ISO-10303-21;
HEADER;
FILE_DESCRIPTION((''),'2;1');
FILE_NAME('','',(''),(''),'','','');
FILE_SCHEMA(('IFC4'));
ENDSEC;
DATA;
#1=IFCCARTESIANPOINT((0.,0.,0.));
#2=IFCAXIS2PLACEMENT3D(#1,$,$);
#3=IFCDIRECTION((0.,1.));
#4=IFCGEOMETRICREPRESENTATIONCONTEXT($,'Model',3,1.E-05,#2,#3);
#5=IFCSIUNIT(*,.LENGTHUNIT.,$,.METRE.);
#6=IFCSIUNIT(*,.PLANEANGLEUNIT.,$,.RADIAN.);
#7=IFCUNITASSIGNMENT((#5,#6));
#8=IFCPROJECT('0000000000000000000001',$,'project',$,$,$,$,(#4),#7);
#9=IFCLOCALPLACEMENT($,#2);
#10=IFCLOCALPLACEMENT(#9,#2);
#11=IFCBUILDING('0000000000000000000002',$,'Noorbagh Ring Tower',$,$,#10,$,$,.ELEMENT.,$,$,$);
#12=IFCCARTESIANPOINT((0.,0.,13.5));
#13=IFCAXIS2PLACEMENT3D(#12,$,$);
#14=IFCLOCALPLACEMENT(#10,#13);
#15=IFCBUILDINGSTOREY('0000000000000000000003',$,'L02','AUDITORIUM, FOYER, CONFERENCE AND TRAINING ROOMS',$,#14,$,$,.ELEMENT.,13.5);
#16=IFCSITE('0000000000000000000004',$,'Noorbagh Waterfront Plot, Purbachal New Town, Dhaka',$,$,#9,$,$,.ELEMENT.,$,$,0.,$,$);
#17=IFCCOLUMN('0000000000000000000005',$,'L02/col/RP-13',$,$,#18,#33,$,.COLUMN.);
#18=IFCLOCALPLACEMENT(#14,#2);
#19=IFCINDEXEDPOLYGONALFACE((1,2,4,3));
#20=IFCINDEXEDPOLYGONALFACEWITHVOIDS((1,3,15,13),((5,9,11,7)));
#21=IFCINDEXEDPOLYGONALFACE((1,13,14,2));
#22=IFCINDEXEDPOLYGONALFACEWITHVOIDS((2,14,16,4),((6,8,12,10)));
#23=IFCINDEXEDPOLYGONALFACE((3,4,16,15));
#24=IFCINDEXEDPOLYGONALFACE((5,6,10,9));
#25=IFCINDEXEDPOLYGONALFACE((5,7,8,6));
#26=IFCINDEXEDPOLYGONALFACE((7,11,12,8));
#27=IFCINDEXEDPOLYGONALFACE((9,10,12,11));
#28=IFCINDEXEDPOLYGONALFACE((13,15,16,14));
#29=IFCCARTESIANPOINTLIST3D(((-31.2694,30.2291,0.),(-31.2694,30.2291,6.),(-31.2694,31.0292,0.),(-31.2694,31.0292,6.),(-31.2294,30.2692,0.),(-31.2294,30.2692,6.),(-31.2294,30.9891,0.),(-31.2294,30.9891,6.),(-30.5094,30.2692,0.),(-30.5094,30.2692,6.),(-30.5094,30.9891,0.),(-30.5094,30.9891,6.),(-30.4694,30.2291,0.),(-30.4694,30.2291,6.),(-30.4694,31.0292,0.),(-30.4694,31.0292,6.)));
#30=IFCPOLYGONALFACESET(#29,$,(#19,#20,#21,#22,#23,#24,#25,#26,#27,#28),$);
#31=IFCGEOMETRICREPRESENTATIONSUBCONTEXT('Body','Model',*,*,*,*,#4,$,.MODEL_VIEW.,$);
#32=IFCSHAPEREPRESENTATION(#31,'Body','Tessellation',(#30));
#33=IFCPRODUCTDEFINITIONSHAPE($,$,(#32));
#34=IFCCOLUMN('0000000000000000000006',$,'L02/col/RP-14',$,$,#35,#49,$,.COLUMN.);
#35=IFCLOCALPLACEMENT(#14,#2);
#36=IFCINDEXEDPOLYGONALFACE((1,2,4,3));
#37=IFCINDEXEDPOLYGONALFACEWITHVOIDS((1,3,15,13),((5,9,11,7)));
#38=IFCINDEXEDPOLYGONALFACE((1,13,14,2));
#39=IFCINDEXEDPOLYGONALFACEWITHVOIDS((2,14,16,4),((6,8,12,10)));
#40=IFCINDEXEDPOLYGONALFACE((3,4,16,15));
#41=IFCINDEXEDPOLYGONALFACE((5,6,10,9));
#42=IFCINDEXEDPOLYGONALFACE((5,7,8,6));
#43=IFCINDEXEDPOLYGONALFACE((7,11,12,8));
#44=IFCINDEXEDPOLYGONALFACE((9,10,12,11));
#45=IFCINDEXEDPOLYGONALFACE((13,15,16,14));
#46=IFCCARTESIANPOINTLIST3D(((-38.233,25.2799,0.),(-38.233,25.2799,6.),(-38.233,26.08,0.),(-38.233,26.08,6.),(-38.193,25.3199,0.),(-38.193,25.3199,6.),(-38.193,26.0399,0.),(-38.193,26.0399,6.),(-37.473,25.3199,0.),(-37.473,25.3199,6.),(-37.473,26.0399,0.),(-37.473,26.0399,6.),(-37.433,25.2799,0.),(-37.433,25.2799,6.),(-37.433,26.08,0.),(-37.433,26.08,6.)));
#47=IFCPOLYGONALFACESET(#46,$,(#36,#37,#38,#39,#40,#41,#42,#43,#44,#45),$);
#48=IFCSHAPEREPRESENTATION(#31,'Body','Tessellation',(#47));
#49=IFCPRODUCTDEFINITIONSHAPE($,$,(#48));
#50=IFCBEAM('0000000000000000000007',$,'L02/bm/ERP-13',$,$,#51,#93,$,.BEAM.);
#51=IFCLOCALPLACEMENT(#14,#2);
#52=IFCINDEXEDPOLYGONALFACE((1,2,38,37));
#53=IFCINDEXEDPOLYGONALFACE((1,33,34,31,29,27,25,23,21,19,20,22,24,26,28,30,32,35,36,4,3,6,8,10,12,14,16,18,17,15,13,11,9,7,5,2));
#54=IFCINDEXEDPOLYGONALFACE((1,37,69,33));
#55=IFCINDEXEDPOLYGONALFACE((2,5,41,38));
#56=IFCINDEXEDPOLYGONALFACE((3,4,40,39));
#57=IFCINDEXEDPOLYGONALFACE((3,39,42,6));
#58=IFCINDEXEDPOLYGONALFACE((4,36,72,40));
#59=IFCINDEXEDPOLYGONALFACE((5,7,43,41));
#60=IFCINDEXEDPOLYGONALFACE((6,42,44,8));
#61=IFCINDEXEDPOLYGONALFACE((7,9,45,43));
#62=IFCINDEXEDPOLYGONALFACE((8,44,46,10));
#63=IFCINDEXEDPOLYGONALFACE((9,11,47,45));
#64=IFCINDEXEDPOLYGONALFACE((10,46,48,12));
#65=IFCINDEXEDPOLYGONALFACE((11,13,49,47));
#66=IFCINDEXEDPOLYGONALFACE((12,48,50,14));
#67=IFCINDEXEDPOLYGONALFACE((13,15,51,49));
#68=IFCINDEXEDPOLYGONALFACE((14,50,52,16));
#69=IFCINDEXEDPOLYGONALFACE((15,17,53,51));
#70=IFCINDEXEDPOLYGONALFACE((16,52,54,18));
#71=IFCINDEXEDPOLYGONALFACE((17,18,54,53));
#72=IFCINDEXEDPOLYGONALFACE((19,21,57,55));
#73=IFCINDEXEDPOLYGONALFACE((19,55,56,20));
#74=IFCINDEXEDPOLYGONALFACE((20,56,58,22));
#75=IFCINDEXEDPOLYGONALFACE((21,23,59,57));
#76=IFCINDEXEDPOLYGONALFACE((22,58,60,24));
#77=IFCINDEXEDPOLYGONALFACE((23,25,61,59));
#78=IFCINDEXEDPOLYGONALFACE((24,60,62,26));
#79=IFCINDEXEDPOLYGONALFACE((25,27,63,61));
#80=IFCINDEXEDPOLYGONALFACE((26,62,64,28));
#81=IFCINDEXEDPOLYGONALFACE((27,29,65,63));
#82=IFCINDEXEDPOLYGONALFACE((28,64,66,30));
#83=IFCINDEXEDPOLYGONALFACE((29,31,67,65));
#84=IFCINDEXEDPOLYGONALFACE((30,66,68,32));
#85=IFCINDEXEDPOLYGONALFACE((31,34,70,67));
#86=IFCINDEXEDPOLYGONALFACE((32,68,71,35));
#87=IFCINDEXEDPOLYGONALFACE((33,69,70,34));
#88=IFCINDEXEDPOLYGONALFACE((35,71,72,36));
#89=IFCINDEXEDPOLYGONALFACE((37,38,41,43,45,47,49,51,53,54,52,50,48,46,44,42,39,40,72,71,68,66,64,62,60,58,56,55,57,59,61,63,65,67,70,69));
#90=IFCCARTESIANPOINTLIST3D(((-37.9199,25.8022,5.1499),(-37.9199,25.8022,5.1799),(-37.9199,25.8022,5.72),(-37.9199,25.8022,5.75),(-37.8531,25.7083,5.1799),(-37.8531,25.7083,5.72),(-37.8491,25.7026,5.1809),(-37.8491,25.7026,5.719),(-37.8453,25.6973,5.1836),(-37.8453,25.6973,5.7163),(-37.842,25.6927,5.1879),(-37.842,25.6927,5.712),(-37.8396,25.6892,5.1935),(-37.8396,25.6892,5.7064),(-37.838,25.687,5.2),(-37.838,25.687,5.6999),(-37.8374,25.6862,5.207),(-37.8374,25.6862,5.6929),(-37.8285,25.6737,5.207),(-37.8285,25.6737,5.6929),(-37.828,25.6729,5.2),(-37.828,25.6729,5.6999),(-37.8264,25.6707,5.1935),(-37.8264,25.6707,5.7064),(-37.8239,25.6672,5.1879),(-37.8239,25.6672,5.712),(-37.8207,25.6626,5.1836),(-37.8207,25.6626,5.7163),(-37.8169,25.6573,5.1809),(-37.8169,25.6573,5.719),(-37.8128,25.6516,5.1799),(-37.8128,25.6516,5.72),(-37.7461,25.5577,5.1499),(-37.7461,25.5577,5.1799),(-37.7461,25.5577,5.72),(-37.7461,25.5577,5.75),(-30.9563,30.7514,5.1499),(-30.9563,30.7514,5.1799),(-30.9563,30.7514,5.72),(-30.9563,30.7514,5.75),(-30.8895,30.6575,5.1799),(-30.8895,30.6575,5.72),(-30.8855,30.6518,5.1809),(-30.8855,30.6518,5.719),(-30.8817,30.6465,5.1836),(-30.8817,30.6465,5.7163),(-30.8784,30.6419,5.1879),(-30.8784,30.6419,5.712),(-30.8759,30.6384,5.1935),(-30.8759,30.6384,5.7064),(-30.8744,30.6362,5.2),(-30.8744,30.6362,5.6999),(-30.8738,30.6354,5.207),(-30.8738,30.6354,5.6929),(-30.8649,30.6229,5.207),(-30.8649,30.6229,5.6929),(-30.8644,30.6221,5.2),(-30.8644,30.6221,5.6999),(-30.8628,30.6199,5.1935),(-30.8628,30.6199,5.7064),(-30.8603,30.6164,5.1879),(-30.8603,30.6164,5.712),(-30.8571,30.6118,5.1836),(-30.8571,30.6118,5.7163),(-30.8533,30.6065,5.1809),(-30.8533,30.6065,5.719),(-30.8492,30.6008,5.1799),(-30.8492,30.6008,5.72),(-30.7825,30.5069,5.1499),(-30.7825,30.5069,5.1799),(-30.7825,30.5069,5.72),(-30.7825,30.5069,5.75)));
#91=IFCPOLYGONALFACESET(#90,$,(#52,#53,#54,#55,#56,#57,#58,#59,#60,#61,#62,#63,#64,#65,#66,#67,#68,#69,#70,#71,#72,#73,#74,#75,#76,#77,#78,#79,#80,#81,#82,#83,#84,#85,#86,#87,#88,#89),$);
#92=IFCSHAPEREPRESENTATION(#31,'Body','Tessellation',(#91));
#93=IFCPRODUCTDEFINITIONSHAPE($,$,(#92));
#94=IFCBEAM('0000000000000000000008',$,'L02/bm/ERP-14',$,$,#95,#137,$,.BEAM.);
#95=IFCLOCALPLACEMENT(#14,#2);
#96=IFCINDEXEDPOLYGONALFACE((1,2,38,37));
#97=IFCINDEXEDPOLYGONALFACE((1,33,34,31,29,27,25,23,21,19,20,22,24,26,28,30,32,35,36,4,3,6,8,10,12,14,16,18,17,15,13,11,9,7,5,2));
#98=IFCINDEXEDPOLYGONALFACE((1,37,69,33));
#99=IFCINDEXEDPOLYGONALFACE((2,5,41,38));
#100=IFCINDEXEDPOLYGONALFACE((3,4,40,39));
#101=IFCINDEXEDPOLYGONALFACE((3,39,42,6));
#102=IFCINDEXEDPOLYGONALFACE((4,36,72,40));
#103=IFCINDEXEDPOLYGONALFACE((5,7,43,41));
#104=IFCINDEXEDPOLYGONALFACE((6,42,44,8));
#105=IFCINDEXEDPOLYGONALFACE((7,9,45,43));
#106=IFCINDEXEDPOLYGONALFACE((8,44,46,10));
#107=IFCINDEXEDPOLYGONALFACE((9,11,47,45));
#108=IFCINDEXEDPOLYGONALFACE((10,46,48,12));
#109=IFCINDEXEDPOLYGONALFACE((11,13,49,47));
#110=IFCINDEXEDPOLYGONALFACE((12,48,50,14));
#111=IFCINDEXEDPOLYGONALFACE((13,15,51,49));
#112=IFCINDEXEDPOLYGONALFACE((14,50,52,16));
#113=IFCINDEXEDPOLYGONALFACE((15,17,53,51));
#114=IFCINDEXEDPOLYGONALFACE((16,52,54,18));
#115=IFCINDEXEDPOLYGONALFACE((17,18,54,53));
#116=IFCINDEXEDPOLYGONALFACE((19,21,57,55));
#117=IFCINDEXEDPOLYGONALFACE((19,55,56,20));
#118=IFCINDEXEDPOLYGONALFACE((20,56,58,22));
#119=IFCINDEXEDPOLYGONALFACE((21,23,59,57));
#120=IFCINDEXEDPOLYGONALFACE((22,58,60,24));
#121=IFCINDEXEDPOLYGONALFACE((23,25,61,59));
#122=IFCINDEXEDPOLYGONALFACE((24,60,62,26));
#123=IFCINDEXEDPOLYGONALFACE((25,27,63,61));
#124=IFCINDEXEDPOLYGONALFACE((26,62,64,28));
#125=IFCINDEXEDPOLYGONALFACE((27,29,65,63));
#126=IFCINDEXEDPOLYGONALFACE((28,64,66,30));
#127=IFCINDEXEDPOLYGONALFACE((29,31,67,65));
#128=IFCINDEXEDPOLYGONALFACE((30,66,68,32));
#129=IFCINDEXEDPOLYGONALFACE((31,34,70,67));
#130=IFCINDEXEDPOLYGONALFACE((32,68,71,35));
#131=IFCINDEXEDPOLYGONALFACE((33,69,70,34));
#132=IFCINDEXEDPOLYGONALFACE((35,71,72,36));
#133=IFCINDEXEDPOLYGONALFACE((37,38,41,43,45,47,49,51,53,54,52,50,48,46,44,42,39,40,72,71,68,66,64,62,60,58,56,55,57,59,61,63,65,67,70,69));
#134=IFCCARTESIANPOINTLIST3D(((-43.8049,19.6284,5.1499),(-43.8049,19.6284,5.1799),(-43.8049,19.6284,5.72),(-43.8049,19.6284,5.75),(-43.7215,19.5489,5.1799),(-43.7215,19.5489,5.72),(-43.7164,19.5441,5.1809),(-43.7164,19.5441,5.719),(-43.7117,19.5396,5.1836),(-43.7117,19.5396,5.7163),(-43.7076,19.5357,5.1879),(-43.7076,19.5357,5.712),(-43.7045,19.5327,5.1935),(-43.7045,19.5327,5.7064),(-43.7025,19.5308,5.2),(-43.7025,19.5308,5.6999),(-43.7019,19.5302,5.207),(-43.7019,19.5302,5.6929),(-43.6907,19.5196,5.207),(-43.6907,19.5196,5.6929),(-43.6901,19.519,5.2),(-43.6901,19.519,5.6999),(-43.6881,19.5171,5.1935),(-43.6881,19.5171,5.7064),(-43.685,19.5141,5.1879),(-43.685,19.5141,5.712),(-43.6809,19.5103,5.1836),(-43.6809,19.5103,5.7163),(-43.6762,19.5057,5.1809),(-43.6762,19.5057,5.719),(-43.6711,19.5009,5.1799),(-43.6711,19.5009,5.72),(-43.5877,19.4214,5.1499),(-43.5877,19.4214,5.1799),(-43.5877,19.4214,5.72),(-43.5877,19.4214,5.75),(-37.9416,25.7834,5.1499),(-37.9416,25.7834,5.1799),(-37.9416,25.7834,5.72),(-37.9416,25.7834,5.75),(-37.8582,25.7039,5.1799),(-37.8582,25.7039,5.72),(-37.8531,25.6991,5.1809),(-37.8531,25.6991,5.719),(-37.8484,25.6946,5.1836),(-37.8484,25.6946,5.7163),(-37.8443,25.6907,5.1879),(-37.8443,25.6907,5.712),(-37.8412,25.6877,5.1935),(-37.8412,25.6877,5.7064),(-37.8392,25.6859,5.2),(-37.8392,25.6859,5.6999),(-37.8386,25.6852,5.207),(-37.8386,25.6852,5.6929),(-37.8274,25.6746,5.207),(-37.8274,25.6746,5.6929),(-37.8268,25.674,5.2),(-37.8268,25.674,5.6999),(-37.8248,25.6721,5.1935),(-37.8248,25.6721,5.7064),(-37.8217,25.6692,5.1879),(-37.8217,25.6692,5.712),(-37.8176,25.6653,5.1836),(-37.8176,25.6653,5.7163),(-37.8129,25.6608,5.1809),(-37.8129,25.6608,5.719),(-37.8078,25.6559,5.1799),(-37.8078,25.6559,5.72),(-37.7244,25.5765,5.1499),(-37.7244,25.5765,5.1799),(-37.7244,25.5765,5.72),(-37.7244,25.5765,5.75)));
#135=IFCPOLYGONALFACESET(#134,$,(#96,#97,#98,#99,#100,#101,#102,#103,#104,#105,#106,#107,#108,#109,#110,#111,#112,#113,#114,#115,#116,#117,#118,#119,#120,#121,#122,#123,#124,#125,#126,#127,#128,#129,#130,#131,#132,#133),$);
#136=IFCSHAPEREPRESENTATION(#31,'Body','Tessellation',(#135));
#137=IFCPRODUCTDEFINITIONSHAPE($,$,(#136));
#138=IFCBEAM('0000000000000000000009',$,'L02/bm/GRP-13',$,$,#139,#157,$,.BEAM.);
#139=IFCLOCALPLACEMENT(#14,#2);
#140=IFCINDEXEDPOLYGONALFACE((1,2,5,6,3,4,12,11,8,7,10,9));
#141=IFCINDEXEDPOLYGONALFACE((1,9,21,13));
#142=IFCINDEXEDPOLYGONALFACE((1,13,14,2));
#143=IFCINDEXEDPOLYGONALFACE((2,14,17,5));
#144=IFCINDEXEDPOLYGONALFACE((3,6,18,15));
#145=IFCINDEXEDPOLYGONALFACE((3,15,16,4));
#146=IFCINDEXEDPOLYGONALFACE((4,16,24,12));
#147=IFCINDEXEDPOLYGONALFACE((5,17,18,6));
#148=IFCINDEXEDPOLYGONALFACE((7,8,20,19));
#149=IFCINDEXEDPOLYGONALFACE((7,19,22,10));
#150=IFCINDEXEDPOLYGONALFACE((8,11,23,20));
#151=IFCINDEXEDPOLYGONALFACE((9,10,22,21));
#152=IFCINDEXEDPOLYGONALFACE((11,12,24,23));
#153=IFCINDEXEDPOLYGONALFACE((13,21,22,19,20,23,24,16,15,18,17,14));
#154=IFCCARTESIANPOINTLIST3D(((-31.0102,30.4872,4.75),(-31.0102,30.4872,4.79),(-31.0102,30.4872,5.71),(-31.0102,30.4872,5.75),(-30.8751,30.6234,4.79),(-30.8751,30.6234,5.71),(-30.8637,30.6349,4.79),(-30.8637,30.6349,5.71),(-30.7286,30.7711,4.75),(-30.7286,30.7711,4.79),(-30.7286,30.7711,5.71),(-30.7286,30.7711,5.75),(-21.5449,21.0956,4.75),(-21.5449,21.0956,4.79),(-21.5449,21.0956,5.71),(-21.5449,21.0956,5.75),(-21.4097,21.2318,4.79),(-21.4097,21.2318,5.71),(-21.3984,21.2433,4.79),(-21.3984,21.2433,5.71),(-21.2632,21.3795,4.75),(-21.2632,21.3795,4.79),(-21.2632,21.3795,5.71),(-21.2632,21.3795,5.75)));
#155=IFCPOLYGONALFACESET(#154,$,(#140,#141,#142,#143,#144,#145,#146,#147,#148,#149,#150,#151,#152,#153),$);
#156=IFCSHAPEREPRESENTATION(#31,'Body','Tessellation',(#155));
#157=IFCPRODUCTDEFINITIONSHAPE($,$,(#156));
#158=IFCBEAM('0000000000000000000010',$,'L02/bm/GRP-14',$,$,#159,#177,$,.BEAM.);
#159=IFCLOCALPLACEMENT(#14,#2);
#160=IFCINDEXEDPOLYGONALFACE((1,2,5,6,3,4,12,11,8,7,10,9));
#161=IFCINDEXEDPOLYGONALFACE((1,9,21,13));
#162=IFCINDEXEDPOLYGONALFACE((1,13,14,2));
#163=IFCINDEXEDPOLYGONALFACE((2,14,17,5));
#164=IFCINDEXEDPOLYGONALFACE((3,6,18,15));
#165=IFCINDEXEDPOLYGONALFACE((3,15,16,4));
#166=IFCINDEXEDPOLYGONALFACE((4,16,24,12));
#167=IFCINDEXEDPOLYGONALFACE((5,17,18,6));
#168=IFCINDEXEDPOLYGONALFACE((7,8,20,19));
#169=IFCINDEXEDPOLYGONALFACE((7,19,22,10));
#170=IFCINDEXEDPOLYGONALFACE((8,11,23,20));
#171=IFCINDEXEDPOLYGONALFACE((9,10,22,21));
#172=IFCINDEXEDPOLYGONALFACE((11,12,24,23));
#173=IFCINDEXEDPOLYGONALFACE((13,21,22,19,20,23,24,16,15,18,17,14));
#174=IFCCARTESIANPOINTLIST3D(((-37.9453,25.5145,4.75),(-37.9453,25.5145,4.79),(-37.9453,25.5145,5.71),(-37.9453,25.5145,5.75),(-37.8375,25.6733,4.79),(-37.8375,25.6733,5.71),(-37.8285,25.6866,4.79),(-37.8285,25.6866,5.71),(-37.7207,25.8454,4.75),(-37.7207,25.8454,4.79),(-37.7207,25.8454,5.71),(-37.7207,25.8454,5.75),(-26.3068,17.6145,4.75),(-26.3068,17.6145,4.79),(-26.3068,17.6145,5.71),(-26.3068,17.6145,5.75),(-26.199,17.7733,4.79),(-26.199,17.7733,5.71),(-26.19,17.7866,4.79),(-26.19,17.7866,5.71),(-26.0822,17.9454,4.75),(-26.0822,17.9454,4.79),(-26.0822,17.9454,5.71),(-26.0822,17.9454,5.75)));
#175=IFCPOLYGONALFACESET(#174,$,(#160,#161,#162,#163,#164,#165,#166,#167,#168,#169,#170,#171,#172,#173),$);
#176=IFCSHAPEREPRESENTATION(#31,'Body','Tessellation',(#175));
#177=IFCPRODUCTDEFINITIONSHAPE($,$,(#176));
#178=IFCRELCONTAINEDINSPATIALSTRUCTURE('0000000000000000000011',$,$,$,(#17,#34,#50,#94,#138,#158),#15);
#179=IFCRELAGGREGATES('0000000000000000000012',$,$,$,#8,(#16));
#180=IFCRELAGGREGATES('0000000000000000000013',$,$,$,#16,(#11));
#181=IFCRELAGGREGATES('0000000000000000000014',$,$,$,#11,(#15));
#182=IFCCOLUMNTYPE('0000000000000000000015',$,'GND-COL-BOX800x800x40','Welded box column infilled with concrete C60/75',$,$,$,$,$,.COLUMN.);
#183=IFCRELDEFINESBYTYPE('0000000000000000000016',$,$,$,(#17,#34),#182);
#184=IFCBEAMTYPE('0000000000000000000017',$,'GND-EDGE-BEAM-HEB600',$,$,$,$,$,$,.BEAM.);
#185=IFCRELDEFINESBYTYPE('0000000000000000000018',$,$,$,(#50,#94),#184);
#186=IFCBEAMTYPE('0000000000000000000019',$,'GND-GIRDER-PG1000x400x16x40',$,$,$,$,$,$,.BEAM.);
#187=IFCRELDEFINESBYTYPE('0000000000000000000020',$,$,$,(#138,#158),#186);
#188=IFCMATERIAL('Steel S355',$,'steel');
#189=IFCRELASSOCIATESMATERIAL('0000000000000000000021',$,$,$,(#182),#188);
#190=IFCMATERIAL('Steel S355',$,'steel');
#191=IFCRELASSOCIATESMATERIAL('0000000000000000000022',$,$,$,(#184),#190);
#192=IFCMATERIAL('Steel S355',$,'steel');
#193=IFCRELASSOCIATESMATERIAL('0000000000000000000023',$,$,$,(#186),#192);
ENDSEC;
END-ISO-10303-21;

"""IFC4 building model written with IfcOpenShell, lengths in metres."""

from ifc_helpers import new_model, si_unit, direction, frame, origin, origin_2d, place, context, subcontext, project, spatial, hollow_rectangle, i_section, extrude, material, material_profile, profile_set, type_object, element, save


model = new_model("IFC4")

# Units and contexts
model_context = context("Model", 3, precision=1e-05, world=origin(), true_north=direction((0.0, 1.0)))
body_context = subcontext(model_context, "Body", "Model", "MODEL_VIEW")
ifc_project = project(units=[si_unit("LENGTHUNIT", "METRE"), si_unit("PLANEANGLEUNIT", "RADIAN")], contexts=[model_context])

# Site, building, storey
site_placement = place(None, origin())
site = spatial("IfcSite", under=ifc_project, at=site_placement, Name="Noorbagh Waterfront Plot, Purbachal New Town, Dhaka", CompositionType="ELEMENT", RefElevation=0.0)
building_placement = place(site_placement, origin())
building = spatial("IfcBuilding", under=site, at=building_placement, Name="Noorbagh Ring Tower", CompositionType="ELEMENT")
storey_placement = place(building_placement, frame((0.0, 0.0, 13.5)))
storey = spatial("IfcBuildingStorey", under=building, at=storey_placement, Name="L02", Description="AUDITORIUM, FOYER, CONFERENCE AND TRAINING ROOMS", CompositionType="ELEMENT", Elevation=13.5)

# Columns
ifc_material_1 = material(Name="Steel S355", Category="steel")
ifc_material_profile_1 = material_profile(ifc_material_1, hollow_rectangle(XDim=0.8, YDim=0.8, WallThickness=0.04, at=origin_2d()), Name="BOX800x800x40")
ifc_profile_set_1 = profile_set([ifc_material_profile_1], Name="Steel S355")
column_type = type_object("IfcColumnType", Name="GND-COL-BOX800x800x40", Description="Welded box column infilled with concrete C60/75", PredefinedType="COLUMN", material=ifc_profile_set_1)
for number, where, z_axis, x_axis, name in (
    (1, (-30.8694, 30.6292, 0.0), (0.0, 0.0, 1.0), (1.0, 0.0, 0.0), "L02/col/RP-13"),
    (2, (-37.833, 25.6799, 0.0), (0.0, 0.0, 1.0), (1.0, 0.0, 0.0), "L02/col/RP-14"),
):
    element("IfcColumn", number, at=place(storey_placement, frame(where, z_axis=z_axis, x_axis=x_axis)), inside=storey, type_object=column_type, Name=name, PredefinedType="COLUMN", context=body_context, shape_type="SweptSolid", body=[
        extrude(hollow_rectangle(XDim=0.8, YDim=0.8, WallThickness=0.04, at=origin_2d()), origin(), (0.0, 0.0, 1.0), 6.0),
    ])

# Beams
ifc_material_2 = material(Name="Steel S355", Category="steel")
ifc_material_profile_2 = material_profile(ifc_material_2, i_section(OverallWidth=0.3, OverallDepth=0.6001, WebThickness=0.0154, FlangeThickness=0.03, FilletRadius=0.0271, at=origin_2d()), Name="HEB600")
ifc_profile_set_2 = profile_set([ifc_material_profile_2], Name="Steel S355")
beam_type_1 = type_object("IfcBeamType", Name="GND-EDGE-BEAM-HEB600", PredefinedType="BEAM", material=ifc_profile_set_2)
beam_1_placement = place(storey_placement, frame((-30.8694, 30.6292, 5.45), z_axis=(-0.815104, -0.579315, 0.0), x_axis=(0.579315, -0.815104, 0.0)))
element("IfcBeam", 3, at=beam_1_placement, inside=storey, type_object=beam_type_1, Name="L02/bm/ERP-13", PredefinedType="BEAM", context=body_context, shape_type="SweptSolid", body=[
    extrude(i_section(OverallWidth=0.3, OverallDepth=0.6001, WebThickness=0.0154, FlangeThickness=0.03, FilletRadius=0.0271, at=origin_2d()), origin(), (0.0, 0.0, 1.0), 8.5432),
])
beam_2_placement = place(storey_placement, frame((-37.833, 25.6799, 5.45), z_axis=(-0.689738, -0.724059, 0.0), x_axis=(0.724059, -0.689738, 0.0)))
element("IfcBeam", 4, at=beam_2_placement, inside=storey, type_object=beam_type_1, Name="L02/bm/ERP-14", PredefinedType="BEAM", context=body_context, shape_type="SweptSolid", body=[
    extrude(i_section(OverallWidth=0.3, OverallDepth=0.6001, WebThickness=0.0154, FlangeThickness=0.03, FilletRadius=0.0271, at=origin_2d()), origin(), (0.0, 0.0, 1.0), 8.5007),
])
ifc_material_3 = material(Name="Steel S355", Category="steel")
ifc_material_profile_3 = material_profile(ifc_material_3, i_section(OverallWidth=0.3999, OverallDepth=1.0, WebThickness=0.0161, FlangeThickness=0.04, at=origin_2d()), Name="PG1000x400x16x40")
ifc_profile_set_3 = profile_set([ifc_material_profile_3], Name="Steel S355")
beam_type_2 = type_object("IfcBeamType", Name="GND-GIRDER-PG1000x400x16x40", PredefinedType="BEAM", material=ifc_profile_set_3)
beam_3_placement = place(storey_placement, frame((-30.8694, 30.6292, 5.25), z_axis=(0.709866, -0.704337, 0.0), x_axis=(0.704337, 0.709866, 0.0)))
element("IfcBeam", 5, at=beam_3_placement, inside=storey, type_object=beam_type_2, Name="L02/bm/GRP-13", PredefinedType="BEAM", context=body_context, shape_type="SweptSolid", body=[
    extrude(i_section(OverallWidth=0.3999, OverallDepth=1.0, WebThickness=0.0161, FlangeThickness=0.04, at=origin_2d()), origin(), (0.0, 0.0, 1.0), 13.334),
])
beam_4_placement = place(storey_placement, frame((-37.833, 25.6799, 5.25), z_axis=(0.827397, -0.561618, 0.0), x_axis=(0.561618, 0.827397, 0.0)))
element("IfcBeam", 6, at=beam_4_placement, inside=storey, type_object=beam_type_2, Name="L02/bm/GRP-14", PredefinedType="BEAM", context=body_context, shape_type="SweptSolid", body=[
    extrude(i_section(OverallWidth=0.3999, OverallDepth=1.0, WebThickness=0.0161, FlangeThickness=0.04, at=origin_2d()), origin(), (0.0, 0.0, 1.0), 14.0664),
])

save(model, "model.ifc")
